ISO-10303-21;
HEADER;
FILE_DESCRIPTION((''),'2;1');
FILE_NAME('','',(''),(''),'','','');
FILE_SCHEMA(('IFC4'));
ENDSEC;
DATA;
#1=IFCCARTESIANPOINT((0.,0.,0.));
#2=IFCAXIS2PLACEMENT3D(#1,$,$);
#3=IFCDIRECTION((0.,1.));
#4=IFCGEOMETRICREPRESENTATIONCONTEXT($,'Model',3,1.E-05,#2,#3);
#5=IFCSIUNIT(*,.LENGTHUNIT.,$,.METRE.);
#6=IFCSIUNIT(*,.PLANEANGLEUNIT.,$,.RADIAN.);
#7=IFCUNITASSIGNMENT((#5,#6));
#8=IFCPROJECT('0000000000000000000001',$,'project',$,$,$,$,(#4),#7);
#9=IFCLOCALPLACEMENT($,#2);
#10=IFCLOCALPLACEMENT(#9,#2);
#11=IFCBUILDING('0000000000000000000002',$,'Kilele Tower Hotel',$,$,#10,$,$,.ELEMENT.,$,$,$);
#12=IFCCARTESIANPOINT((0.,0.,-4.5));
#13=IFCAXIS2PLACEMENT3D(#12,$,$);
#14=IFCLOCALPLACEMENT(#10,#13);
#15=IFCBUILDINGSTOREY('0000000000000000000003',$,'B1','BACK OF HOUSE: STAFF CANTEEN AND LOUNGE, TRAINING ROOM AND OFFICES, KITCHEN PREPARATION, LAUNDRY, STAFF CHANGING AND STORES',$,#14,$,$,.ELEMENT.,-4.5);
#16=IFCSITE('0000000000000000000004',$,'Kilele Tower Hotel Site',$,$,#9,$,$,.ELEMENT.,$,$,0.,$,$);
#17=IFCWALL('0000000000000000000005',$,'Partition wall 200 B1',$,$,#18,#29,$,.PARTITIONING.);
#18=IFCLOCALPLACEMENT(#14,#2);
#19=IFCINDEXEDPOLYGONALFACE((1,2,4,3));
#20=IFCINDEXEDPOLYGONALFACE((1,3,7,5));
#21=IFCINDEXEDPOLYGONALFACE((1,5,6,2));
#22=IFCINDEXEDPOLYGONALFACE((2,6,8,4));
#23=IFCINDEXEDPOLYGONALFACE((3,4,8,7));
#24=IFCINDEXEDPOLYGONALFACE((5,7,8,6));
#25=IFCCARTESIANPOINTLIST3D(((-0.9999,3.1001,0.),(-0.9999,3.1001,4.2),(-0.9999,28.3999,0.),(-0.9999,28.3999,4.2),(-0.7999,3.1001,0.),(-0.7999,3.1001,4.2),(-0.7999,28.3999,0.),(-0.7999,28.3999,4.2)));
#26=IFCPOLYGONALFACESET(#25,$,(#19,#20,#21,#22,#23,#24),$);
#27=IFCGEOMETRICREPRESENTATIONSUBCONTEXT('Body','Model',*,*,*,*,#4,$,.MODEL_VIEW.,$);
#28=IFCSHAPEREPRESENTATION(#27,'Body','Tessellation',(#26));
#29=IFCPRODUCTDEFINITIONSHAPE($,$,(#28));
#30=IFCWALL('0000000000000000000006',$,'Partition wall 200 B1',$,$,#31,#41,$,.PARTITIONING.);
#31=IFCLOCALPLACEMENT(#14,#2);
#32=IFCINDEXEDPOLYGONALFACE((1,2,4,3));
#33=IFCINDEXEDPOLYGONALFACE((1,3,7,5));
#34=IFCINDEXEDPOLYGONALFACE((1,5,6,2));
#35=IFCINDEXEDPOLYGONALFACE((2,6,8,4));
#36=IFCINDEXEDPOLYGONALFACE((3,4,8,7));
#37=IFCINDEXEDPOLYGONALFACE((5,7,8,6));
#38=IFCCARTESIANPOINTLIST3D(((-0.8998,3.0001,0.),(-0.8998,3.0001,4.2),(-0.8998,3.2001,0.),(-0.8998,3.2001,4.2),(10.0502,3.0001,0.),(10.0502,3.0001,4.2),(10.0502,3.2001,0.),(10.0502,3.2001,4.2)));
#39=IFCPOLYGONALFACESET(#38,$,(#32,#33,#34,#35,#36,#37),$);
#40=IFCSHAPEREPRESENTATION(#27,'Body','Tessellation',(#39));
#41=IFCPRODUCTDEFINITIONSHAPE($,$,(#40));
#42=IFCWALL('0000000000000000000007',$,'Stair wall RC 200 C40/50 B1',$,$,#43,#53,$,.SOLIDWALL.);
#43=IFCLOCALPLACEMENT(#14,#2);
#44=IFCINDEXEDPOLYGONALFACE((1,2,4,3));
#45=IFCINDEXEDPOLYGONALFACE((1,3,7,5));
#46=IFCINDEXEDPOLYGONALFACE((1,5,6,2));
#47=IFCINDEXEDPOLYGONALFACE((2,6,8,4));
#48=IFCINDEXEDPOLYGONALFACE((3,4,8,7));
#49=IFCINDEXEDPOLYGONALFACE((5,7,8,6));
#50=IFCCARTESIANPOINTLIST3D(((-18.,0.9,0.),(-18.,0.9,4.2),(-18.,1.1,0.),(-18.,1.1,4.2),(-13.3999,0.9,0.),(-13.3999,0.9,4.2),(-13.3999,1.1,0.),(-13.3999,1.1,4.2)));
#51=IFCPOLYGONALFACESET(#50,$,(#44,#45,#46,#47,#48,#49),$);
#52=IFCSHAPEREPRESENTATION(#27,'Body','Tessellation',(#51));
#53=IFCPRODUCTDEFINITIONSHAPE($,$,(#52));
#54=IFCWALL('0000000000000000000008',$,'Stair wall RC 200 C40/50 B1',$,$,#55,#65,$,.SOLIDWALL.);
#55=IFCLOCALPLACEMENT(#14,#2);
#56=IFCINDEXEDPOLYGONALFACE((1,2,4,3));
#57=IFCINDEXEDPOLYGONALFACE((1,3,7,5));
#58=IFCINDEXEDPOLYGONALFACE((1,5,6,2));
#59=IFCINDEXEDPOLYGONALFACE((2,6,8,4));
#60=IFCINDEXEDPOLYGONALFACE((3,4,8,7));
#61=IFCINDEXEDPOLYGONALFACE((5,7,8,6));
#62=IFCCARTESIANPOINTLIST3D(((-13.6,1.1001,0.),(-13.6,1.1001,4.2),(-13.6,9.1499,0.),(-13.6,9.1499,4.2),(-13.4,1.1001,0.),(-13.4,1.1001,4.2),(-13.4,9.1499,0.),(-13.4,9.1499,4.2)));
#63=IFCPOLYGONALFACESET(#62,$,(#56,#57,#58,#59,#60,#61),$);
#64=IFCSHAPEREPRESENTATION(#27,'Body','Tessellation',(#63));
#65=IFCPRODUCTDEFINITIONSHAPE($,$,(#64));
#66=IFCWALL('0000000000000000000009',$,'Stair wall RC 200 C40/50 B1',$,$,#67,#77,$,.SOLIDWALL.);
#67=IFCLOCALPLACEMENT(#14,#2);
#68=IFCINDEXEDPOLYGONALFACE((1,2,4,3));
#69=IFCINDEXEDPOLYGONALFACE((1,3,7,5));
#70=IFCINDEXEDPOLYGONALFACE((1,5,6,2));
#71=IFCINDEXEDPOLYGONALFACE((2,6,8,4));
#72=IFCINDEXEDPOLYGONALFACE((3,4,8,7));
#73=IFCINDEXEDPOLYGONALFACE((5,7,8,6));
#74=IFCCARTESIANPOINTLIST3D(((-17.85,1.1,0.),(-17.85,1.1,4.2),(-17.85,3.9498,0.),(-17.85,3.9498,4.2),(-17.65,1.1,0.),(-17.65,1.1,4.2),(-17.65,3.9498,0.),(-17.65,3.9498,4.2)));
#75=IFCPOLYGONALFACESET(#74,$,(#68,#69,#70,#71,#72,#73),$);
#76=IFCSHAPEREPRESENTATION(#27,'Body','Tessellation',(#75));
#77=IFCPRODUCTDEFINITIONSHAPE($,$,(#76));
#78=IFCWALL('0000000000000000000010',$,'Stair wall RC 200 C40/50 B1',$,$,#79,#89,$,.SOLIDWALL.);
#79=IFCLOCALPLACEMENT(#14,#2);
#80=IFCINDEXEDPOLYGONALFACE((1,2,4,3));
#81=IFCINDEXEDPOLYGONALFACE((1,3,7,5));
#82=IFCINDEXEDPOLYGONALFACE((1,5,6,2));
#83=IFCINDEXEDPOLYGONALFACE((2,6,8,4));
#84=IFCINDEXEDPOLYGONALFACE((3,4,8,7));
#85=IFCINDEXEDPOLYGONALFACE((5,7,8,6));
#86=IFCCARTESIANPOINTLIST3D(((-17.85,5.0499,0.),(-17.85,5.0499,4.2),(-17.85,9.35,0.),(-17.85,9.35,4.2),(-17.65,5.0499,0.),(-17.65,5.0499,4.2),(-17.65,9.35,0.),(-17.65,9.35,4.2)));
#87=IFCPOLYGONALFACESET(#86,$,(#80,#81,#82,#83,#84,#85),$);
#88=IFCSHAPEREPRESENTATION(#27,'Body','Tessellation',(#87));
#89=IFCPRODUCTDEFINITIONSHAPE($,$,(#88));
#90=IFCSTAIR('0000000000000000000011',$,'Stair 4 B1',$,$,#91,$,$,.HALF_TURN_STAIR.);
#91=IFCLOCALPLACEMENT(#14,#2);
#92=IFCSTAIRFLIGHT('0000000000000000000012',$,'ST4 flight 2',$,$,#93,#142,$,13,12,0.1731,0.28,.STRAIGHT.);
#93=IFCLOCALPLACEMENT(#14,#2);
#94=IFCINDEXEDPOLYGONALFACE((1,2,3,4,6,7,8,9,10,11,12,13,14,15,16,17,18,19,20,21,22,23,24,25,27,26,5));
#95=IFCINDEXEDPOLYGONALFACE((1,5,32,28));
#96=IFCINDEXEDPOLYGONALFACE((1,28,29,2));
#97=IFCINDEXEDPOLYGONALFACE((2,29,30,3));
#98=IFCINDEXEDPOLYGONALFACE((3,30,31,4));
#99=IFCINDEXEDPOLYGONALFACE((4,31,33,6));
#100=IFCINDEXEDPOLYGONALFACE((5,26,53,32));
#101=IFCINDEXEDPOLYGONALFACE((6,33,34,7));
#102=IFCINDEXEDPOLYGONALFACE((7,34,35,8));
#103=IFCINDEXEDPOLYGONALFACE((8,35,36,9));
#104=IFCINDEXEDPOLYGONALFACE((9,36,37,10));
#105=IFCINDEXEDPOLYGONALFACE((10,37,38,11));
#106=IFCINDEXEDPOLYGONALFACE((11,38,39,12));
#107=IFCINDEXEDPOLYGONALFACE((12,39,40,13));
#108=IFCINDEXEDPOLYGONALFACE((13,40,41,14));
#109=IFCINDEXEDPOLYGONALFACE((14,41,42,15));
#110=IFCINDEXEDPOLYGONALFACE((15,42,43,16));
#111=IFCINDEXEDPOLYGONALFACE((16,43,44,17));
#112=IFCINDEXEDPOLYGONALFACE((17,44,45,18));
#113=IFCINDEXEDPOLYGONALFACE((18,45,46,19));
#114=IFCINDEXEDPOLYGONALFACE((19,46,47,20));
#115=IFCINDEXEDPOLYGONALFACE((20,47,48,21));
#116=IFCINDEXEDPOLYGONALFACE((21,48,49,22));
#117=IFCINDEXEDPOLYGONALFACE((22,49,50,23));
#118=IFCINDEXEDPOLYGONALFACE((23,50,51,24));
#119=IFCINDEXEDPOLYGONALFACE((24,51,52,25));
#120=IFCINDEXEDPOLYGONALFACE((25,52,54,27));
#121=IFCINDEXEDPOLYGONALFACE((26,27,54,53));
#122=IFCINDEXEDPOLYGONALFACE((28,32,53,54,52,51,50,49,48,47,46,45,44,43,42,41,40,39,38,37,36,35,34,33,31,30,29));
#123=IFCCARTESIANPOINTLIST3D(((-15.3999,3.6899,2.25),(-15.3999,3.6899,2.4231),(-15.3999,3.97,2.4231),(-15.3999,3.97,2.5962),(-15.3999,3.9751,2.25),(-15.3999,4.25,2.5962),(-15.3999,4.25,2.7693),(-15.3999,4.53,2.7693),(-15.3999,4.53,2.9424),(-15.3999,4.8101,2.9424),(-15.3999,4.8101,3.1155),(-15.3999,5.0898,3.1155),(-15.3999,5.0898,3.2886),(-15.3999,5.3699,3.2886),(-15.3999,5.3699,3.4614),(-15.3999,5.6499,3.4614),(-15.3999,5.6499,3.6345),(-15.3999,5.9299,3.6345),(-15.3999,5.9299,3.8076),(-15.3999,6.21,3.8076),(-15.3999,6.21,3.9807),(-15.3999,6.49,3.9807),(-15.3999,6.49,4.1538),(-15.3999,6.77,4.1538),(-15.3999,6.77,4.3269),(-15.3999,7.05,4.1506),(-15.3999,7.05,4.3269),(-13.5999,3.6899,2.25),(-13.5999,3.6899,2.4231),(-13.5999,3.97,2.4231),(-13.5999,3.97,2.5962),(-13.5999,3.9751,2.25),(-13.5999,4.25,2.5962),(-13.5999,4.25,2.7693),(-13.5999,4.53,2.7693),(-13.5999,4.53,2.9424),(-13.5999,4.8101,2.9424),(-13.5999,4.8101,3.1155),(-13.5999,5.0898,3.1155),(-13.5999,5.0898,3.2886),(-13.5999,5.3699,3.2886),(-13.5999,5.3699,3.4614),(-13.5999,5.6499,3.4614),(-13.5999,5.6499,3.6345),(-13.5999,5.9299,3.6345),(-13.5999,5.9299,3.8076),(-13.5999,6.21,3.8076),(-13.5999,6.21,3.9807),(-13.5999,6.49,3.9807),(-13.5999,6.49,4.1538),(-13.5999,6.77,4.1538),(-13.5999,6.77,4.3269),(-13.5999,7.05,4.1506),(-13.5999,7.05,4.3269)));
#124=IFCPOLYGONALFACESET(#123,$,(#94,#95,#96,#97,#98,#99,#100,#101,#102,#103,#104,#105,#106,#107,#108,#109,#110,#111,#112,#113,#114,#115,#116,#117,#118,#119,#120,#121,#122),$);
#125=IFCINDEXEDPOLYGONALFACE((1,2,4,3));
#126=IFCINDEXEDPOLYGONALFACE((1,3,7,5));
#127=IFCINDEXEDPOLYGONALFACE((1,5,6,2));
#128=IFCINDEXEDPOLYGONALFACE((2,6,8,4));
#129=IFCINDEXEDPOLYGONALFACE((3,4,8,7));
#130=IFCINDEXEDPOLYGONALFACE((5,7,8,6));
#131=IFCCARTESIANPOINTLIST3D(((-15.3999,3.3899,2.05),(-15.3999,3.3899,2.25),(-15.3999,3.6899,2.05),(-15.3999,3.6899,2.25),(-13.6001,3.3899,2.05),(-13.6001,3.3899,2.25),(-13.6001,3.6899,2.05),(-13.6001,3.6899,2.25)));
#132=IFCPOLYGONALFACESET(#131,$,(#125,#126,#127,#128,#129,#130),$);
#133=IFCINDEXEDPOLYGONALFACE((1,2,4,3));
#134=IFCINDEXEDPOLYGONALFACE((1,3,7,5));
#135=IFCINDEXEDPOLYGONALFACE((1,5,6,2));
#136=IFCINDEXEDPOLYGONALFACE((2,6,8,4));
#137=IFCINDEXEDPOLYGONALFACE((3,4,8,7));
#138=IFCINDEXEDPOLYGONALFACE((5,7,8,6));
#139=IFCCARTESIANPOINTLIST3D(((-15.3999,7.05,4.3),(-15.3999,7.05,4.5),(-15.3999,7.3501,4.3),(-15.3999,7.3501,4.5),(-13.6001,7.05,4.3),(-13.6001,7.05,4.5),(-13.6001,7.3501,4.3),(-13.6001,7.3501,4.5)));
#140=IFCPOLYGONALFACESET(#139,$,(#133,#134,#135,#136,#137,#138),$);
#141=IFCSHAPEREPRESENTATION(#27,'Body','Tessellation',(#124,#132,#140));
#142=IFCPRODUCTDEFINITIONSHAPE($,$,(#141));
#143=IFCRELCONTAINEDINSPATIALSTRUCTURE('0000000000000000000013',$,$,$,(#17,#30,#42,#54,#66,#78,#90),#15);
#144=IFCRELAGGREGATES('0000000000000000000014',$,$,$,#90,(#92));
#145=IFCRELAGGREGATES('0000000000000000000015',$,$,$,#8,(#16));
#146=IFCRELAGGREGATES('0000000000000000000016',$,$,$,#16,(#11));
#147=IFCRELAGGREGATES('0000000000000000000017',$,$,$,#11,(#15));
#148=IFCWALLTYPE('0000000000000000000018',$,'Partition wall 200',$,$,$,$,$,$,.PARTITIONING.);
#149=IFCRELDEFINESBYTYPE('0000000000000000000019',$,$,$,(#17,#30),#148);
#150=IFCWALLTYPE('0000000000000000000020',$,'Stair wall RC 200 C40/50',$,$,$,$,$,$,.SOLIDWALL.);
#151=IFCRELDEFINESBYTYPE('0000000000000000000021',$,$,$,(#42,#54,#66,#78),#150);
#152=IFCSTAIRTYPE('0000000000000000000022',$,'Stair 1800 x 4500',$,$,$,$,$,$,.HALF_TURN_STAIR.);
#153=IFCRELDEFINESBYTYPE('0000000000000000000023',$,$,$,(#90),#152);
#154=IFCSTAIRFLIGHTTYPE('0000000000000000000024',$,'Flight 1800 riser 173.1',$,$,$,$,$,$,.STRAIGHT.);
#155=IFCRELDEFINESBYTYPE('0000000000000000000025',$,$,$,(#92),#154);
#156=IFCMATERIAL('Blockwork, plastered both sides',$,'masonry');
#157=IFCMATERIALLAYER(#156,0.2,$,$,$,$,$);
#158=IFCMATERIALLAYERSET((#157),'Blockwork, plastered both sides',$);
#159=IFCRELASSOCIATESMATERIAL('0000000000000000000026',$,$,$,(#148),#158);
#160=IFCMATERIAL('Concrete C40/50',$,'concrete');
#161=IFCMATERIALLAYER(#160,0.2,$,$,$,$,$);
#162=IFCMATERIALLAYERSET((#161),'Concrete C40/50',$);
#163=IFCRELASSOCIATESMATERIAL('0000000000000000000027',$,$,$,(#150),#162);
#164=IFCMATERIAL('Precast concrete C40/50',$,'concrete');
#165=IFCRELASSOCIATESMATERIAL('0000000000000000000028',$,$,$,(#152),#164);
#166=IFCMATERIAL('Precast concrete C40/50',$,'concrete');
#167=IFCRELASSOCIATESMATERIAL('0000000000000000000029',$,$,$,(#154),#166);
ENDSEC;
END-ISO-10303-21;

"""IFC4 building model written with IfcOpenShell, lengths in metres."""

from ifc_helpers import new_model, si_unit, direction, frame, frame_2d, origin, place, context, subcontext, project, spatial, polyline, rectangle, outline, extrude, material, layer, layer_set, type_object, element, aggregate, save


model = new_model("IFC4")

# Units and contexts
model_context = context("Model", 3, precision=1e-05, world=origin(), true_north=direction((0.0, 1.0)))
body_context = subcontext(model_context, "Body", "Model", "MODEL_VIEW")
ifc_project = project(units=[si_unit("LENGTHUNIT", "METRE"), si_unit("PLANEANGLEUNIT", "RADIAN")], contexts=[model_context])

# Site, building, storey
site_placement = place(None, origin())
site = spatial("IfcSite", under=ifc_project, at=site_placement, Name="Kilele Tower Hotel Site", CompositionType="ELEMENT", RefElevation=0.0)
building_placement = place(site_placement, origin())
building = spatial("IfcBuilding", under=site, at=building_placement, Name="Kilele Tower Hotel", CompositionType="ELEMENT")
storey_placement = place(building_placement, frame((0.0, 0.0, -4.5)))
storey = spatial("IfcBuildingStorey", under=building, at=storey_placement, Name="B1", Description="BACK OF HOUSE: STAFF CANTEEN AND LOUNGE, TRAINING ROOM AND OFFICES, KITCHEN PREPARATION, LAUNDRY, STAFF CHANGING AND STORES", CompositionType="ELEMENT", Elevation=-4.5)

# Shared definitions
ifc_material_1 = material(Name="Blockwork, plastered both sides", Category="masonry")
ifc_layer_1 = layer(ifc_material_1, 0.2)
ifc_layer_set_1 = layer_set([ifc_layer_1], Name="Blockwork, plastered both sides")
wall_type_1 = type_object("IfcWallType", Name="Partition wall 200", PredefinedType="PARTITIONING", material=ifc_layer_set_1)

# Walls
wall_1_placement = place(storey_placement, frame((-0.8999, 3.1001, 0.0), z_axis=(0.0, 0.0, 1.0), x_axis=(0.0, 1.0, 0.0)))
element("IfcWall", 1, at=wall_1_placement, inside=storey, type_object=wall_type_1, Name="Partition wall 200 B1", PredefinedType="PARTITIONING", context=body_context, shape_type="SweptSolid", body=[
    extrude(rectangle(XDim=25.2998, YDim=0.2, at=frame_2d((12.6499, 0.0))), origin(), (0.0, 0.0, 1.0), 4.2),
])
wall_2_placement = place(storey_placement, frame((-0.8999, 3.1001, 0.0), z_axis=(0.0, 0.0, 1.0), x_axis=(1.0, 0.0, 0.0)))
element("IfcWall", 2, at=wall_2_placement, inside=storey, type_object=wall_type_1, Name="Partition wall 200 B1", PredefinedType="PARTITIONING", context=body_context, shape_type="SweptSolid", body=[
    extrude(rectangle(XDim=10.95, YDim=0.2, at=frame_2d((5.4751, 0.0))), origin(), (0.0, 0.0, 1.0), 4.2),
])
ifc_material_2 = material(Name="Concrete C40/50", Category="concrete")
ifc_layer_2 = layer(ifc_material_2, 0.2)
ifc_layer_set_2 = layer_set([ifc_layer_2], Name="Concrete C40/50")
wall_type_2 = type_object("IfcWallType", Name="Stair wall RC 200 C40/50", PredefinedType="SOLIDWALL", material=ifc_layer_set_2)
wall_3_placement = place(storey_placement, frame((-18.0, 1.0, 0.0), z_axis=(0.0, 0.0, 1.0), x_axis=(1.0, 0.0, 0.0)))
element("IfcWall", 3, at=wall_3_placement, inside=storey, type_object=wall_type_2, Name="Stair wall RC 200 C40/50 B1", PredefinedType="SOLIDWALL", context=body_context, shape_type="SweptSolid", body=[
    extrude(rectangle(XDim=4.6001, YDim=0.2, at=frame_2d((2.3, 0.0))), origin(), (0.0, 0.0, 1.0), 4.2),
])
wall_4_placement = place(storey_placement, frame((-13.5, 1.1001, 0.0), z_axis=(0.0, 0.0, 1.0), x_axis=(0.0, 1.0, 0.0)))
element("IfcWall", 4, at=wall_4_placement, inside=storey, type_object=wall_type_2, Name="Stair wall RC 200 C40/50 B1", PredefinedType="SOLIDWALL", context=body_context, shape_type="SweptSolid", body=[
    extrude(rectangle(XDim=8.0498, YDim=0.2, at=frame_2d((4.0249, 0.0))), origin(), (0.0, 0.0, 1.0), 4.2),
])
wall_5_placement = place(storey_placement, frame((-17.75, 1.1001, 0.0), z_axis=(0.0, 0.0, 1.0), x_axis=(0.0, 1.0, 0.0)))
element("IfcWall", 5, at=wall_5_placement, inside=storey, type_object=wall_type_2, Name="Stair wall RC 200 C40/50 B1", PredefinedType="SOLIDWALL", context=body_context, shape_type="SweptSolid", body=[
    extrude(rectangle(XDim=2.8499, YDim=0.2, at=frame_2d((1.4248, 0.0))), origin(), (0.0, 0.0, 1.0), 4.2),
])
wall_6_placement = place(storey_placement, frame((-17.75, 5.05, 0.0), z_axis=(0.0, 0.0, 1.0), x_axis=(0.0, 1.0, 0.0)))
element("IfcWall", 6, at=wall_6_placement, inside=storey, type_object=wall_type_2, Name="Stair wall RC 200 C40/50 B1", PredefinedType="SOLIDWALL", context=body_context, shape_type="SweptSolid", body=[
    extrude(rectangle(XDim=4.3, YDim=0.2, at=frame_2d((2.1499, 0.0))), origin(), (0.0, 0.0, 1.0), 4.2),
])

# Stair, stair flight
ifc_material_3 = material(Name="Precast concrete C40/50", Category="concrete")
stair_type = type_object("IfcStairType", Name="Stair 1800 x 4500", PredefinedType="HALF_TURN_STAIR", material=ifc_material_3)
stair_placement = place(storey_placement, origin())
stair = element("IfcStair", 7, at=stair_placement, inside=storey, type_object=stair_type, Name="Stair 4 B1", PredefinedType="HALF_TURN_STAIR")
ifc_material_4 = material(Name="Precast concrete C40/50", Category="concrete")
stair_flight_type = type_object("IfcStairFlightType", Name="Flight 1800 riser 173.1", PredefinedType="STRAIGHT", material=ifc_material_4)
stair_flight_placement = place(storey_placement, frame((-14.5, 3.6899, 2.25), z_axis=(0.0, 0.0, 1.0), x_axis=(0.0, 1.0, 0.0)))
stair_flight = element("IfcStairFlight", 8, at=stair_flight_placement, type_object=stair_flight_type, Name="ST4 flight 2", NumberOfRisers=13, NumberOfTreads=12, PredefinedType="STRAIGHT", RiserHeight=0.1731, TreadLength=0.28, context=body_context, shape_type="SweptSolid", body=[
    extrude(outline(polyline([(0.0, 0.0), (0.0, 0.1731), (0.28, 0.1731), (0.28, 0.3462), (0.5601, 0.3462), (0.5601, 0.5193), (0.8401, 0.5193), (0.8401, 0.6924), (1.1201, 0.6924), (1.1201, 0.8655), (1.3999, 0.8655), (1.3999, 1.0386), (1.6799, 1.0386), (1.6799, 1.2114), (1.96, 1.2114), (1.96, 1.3845), (2.24, 1.3845), (2.24, 1.5576), (2.52, 1.5576), (2.52, 1.7307), (2.8, 1.7307), (2.8, 1.9038), (3.0801, 1.9038), (3.0801, 2.0769), (3.3601, 2.0769), (3.3601, 2.25), (3.3601, 1.9006), (0.2852, 0.0), (0.0, 0.0)])), frame((0.0, 0.8999, 0.0), z_axis=(0.0, -1.0, 0.0), x_axis=(1.0, 0.0, 0.0)), (0.0, 0.0, 1.0), 1.8),
    extrude(outline(polyline([(-0.3, 0.8999), (-0.3, -0.8999), (0.0, -0.8999), (0.0, 0.8999), (-0.3, 0.8999)])), frame((0.0, 0.0, -0.2)), (0.0, 0.0, 1.0), 0.2),
    extrude(outline(polyline([(3.3601, 0.8999), (3.3601, -0.8999), (3.6602, -0.8999), (3.6602, 0.8999), (3.3601, 0.8999)])), frame((0.0, 0.0, 2.05)), (0.0, 0.0, 1.0), 0.2),
])
aggregate(stair, [stair_flight])

save(model, "model.ifc")
